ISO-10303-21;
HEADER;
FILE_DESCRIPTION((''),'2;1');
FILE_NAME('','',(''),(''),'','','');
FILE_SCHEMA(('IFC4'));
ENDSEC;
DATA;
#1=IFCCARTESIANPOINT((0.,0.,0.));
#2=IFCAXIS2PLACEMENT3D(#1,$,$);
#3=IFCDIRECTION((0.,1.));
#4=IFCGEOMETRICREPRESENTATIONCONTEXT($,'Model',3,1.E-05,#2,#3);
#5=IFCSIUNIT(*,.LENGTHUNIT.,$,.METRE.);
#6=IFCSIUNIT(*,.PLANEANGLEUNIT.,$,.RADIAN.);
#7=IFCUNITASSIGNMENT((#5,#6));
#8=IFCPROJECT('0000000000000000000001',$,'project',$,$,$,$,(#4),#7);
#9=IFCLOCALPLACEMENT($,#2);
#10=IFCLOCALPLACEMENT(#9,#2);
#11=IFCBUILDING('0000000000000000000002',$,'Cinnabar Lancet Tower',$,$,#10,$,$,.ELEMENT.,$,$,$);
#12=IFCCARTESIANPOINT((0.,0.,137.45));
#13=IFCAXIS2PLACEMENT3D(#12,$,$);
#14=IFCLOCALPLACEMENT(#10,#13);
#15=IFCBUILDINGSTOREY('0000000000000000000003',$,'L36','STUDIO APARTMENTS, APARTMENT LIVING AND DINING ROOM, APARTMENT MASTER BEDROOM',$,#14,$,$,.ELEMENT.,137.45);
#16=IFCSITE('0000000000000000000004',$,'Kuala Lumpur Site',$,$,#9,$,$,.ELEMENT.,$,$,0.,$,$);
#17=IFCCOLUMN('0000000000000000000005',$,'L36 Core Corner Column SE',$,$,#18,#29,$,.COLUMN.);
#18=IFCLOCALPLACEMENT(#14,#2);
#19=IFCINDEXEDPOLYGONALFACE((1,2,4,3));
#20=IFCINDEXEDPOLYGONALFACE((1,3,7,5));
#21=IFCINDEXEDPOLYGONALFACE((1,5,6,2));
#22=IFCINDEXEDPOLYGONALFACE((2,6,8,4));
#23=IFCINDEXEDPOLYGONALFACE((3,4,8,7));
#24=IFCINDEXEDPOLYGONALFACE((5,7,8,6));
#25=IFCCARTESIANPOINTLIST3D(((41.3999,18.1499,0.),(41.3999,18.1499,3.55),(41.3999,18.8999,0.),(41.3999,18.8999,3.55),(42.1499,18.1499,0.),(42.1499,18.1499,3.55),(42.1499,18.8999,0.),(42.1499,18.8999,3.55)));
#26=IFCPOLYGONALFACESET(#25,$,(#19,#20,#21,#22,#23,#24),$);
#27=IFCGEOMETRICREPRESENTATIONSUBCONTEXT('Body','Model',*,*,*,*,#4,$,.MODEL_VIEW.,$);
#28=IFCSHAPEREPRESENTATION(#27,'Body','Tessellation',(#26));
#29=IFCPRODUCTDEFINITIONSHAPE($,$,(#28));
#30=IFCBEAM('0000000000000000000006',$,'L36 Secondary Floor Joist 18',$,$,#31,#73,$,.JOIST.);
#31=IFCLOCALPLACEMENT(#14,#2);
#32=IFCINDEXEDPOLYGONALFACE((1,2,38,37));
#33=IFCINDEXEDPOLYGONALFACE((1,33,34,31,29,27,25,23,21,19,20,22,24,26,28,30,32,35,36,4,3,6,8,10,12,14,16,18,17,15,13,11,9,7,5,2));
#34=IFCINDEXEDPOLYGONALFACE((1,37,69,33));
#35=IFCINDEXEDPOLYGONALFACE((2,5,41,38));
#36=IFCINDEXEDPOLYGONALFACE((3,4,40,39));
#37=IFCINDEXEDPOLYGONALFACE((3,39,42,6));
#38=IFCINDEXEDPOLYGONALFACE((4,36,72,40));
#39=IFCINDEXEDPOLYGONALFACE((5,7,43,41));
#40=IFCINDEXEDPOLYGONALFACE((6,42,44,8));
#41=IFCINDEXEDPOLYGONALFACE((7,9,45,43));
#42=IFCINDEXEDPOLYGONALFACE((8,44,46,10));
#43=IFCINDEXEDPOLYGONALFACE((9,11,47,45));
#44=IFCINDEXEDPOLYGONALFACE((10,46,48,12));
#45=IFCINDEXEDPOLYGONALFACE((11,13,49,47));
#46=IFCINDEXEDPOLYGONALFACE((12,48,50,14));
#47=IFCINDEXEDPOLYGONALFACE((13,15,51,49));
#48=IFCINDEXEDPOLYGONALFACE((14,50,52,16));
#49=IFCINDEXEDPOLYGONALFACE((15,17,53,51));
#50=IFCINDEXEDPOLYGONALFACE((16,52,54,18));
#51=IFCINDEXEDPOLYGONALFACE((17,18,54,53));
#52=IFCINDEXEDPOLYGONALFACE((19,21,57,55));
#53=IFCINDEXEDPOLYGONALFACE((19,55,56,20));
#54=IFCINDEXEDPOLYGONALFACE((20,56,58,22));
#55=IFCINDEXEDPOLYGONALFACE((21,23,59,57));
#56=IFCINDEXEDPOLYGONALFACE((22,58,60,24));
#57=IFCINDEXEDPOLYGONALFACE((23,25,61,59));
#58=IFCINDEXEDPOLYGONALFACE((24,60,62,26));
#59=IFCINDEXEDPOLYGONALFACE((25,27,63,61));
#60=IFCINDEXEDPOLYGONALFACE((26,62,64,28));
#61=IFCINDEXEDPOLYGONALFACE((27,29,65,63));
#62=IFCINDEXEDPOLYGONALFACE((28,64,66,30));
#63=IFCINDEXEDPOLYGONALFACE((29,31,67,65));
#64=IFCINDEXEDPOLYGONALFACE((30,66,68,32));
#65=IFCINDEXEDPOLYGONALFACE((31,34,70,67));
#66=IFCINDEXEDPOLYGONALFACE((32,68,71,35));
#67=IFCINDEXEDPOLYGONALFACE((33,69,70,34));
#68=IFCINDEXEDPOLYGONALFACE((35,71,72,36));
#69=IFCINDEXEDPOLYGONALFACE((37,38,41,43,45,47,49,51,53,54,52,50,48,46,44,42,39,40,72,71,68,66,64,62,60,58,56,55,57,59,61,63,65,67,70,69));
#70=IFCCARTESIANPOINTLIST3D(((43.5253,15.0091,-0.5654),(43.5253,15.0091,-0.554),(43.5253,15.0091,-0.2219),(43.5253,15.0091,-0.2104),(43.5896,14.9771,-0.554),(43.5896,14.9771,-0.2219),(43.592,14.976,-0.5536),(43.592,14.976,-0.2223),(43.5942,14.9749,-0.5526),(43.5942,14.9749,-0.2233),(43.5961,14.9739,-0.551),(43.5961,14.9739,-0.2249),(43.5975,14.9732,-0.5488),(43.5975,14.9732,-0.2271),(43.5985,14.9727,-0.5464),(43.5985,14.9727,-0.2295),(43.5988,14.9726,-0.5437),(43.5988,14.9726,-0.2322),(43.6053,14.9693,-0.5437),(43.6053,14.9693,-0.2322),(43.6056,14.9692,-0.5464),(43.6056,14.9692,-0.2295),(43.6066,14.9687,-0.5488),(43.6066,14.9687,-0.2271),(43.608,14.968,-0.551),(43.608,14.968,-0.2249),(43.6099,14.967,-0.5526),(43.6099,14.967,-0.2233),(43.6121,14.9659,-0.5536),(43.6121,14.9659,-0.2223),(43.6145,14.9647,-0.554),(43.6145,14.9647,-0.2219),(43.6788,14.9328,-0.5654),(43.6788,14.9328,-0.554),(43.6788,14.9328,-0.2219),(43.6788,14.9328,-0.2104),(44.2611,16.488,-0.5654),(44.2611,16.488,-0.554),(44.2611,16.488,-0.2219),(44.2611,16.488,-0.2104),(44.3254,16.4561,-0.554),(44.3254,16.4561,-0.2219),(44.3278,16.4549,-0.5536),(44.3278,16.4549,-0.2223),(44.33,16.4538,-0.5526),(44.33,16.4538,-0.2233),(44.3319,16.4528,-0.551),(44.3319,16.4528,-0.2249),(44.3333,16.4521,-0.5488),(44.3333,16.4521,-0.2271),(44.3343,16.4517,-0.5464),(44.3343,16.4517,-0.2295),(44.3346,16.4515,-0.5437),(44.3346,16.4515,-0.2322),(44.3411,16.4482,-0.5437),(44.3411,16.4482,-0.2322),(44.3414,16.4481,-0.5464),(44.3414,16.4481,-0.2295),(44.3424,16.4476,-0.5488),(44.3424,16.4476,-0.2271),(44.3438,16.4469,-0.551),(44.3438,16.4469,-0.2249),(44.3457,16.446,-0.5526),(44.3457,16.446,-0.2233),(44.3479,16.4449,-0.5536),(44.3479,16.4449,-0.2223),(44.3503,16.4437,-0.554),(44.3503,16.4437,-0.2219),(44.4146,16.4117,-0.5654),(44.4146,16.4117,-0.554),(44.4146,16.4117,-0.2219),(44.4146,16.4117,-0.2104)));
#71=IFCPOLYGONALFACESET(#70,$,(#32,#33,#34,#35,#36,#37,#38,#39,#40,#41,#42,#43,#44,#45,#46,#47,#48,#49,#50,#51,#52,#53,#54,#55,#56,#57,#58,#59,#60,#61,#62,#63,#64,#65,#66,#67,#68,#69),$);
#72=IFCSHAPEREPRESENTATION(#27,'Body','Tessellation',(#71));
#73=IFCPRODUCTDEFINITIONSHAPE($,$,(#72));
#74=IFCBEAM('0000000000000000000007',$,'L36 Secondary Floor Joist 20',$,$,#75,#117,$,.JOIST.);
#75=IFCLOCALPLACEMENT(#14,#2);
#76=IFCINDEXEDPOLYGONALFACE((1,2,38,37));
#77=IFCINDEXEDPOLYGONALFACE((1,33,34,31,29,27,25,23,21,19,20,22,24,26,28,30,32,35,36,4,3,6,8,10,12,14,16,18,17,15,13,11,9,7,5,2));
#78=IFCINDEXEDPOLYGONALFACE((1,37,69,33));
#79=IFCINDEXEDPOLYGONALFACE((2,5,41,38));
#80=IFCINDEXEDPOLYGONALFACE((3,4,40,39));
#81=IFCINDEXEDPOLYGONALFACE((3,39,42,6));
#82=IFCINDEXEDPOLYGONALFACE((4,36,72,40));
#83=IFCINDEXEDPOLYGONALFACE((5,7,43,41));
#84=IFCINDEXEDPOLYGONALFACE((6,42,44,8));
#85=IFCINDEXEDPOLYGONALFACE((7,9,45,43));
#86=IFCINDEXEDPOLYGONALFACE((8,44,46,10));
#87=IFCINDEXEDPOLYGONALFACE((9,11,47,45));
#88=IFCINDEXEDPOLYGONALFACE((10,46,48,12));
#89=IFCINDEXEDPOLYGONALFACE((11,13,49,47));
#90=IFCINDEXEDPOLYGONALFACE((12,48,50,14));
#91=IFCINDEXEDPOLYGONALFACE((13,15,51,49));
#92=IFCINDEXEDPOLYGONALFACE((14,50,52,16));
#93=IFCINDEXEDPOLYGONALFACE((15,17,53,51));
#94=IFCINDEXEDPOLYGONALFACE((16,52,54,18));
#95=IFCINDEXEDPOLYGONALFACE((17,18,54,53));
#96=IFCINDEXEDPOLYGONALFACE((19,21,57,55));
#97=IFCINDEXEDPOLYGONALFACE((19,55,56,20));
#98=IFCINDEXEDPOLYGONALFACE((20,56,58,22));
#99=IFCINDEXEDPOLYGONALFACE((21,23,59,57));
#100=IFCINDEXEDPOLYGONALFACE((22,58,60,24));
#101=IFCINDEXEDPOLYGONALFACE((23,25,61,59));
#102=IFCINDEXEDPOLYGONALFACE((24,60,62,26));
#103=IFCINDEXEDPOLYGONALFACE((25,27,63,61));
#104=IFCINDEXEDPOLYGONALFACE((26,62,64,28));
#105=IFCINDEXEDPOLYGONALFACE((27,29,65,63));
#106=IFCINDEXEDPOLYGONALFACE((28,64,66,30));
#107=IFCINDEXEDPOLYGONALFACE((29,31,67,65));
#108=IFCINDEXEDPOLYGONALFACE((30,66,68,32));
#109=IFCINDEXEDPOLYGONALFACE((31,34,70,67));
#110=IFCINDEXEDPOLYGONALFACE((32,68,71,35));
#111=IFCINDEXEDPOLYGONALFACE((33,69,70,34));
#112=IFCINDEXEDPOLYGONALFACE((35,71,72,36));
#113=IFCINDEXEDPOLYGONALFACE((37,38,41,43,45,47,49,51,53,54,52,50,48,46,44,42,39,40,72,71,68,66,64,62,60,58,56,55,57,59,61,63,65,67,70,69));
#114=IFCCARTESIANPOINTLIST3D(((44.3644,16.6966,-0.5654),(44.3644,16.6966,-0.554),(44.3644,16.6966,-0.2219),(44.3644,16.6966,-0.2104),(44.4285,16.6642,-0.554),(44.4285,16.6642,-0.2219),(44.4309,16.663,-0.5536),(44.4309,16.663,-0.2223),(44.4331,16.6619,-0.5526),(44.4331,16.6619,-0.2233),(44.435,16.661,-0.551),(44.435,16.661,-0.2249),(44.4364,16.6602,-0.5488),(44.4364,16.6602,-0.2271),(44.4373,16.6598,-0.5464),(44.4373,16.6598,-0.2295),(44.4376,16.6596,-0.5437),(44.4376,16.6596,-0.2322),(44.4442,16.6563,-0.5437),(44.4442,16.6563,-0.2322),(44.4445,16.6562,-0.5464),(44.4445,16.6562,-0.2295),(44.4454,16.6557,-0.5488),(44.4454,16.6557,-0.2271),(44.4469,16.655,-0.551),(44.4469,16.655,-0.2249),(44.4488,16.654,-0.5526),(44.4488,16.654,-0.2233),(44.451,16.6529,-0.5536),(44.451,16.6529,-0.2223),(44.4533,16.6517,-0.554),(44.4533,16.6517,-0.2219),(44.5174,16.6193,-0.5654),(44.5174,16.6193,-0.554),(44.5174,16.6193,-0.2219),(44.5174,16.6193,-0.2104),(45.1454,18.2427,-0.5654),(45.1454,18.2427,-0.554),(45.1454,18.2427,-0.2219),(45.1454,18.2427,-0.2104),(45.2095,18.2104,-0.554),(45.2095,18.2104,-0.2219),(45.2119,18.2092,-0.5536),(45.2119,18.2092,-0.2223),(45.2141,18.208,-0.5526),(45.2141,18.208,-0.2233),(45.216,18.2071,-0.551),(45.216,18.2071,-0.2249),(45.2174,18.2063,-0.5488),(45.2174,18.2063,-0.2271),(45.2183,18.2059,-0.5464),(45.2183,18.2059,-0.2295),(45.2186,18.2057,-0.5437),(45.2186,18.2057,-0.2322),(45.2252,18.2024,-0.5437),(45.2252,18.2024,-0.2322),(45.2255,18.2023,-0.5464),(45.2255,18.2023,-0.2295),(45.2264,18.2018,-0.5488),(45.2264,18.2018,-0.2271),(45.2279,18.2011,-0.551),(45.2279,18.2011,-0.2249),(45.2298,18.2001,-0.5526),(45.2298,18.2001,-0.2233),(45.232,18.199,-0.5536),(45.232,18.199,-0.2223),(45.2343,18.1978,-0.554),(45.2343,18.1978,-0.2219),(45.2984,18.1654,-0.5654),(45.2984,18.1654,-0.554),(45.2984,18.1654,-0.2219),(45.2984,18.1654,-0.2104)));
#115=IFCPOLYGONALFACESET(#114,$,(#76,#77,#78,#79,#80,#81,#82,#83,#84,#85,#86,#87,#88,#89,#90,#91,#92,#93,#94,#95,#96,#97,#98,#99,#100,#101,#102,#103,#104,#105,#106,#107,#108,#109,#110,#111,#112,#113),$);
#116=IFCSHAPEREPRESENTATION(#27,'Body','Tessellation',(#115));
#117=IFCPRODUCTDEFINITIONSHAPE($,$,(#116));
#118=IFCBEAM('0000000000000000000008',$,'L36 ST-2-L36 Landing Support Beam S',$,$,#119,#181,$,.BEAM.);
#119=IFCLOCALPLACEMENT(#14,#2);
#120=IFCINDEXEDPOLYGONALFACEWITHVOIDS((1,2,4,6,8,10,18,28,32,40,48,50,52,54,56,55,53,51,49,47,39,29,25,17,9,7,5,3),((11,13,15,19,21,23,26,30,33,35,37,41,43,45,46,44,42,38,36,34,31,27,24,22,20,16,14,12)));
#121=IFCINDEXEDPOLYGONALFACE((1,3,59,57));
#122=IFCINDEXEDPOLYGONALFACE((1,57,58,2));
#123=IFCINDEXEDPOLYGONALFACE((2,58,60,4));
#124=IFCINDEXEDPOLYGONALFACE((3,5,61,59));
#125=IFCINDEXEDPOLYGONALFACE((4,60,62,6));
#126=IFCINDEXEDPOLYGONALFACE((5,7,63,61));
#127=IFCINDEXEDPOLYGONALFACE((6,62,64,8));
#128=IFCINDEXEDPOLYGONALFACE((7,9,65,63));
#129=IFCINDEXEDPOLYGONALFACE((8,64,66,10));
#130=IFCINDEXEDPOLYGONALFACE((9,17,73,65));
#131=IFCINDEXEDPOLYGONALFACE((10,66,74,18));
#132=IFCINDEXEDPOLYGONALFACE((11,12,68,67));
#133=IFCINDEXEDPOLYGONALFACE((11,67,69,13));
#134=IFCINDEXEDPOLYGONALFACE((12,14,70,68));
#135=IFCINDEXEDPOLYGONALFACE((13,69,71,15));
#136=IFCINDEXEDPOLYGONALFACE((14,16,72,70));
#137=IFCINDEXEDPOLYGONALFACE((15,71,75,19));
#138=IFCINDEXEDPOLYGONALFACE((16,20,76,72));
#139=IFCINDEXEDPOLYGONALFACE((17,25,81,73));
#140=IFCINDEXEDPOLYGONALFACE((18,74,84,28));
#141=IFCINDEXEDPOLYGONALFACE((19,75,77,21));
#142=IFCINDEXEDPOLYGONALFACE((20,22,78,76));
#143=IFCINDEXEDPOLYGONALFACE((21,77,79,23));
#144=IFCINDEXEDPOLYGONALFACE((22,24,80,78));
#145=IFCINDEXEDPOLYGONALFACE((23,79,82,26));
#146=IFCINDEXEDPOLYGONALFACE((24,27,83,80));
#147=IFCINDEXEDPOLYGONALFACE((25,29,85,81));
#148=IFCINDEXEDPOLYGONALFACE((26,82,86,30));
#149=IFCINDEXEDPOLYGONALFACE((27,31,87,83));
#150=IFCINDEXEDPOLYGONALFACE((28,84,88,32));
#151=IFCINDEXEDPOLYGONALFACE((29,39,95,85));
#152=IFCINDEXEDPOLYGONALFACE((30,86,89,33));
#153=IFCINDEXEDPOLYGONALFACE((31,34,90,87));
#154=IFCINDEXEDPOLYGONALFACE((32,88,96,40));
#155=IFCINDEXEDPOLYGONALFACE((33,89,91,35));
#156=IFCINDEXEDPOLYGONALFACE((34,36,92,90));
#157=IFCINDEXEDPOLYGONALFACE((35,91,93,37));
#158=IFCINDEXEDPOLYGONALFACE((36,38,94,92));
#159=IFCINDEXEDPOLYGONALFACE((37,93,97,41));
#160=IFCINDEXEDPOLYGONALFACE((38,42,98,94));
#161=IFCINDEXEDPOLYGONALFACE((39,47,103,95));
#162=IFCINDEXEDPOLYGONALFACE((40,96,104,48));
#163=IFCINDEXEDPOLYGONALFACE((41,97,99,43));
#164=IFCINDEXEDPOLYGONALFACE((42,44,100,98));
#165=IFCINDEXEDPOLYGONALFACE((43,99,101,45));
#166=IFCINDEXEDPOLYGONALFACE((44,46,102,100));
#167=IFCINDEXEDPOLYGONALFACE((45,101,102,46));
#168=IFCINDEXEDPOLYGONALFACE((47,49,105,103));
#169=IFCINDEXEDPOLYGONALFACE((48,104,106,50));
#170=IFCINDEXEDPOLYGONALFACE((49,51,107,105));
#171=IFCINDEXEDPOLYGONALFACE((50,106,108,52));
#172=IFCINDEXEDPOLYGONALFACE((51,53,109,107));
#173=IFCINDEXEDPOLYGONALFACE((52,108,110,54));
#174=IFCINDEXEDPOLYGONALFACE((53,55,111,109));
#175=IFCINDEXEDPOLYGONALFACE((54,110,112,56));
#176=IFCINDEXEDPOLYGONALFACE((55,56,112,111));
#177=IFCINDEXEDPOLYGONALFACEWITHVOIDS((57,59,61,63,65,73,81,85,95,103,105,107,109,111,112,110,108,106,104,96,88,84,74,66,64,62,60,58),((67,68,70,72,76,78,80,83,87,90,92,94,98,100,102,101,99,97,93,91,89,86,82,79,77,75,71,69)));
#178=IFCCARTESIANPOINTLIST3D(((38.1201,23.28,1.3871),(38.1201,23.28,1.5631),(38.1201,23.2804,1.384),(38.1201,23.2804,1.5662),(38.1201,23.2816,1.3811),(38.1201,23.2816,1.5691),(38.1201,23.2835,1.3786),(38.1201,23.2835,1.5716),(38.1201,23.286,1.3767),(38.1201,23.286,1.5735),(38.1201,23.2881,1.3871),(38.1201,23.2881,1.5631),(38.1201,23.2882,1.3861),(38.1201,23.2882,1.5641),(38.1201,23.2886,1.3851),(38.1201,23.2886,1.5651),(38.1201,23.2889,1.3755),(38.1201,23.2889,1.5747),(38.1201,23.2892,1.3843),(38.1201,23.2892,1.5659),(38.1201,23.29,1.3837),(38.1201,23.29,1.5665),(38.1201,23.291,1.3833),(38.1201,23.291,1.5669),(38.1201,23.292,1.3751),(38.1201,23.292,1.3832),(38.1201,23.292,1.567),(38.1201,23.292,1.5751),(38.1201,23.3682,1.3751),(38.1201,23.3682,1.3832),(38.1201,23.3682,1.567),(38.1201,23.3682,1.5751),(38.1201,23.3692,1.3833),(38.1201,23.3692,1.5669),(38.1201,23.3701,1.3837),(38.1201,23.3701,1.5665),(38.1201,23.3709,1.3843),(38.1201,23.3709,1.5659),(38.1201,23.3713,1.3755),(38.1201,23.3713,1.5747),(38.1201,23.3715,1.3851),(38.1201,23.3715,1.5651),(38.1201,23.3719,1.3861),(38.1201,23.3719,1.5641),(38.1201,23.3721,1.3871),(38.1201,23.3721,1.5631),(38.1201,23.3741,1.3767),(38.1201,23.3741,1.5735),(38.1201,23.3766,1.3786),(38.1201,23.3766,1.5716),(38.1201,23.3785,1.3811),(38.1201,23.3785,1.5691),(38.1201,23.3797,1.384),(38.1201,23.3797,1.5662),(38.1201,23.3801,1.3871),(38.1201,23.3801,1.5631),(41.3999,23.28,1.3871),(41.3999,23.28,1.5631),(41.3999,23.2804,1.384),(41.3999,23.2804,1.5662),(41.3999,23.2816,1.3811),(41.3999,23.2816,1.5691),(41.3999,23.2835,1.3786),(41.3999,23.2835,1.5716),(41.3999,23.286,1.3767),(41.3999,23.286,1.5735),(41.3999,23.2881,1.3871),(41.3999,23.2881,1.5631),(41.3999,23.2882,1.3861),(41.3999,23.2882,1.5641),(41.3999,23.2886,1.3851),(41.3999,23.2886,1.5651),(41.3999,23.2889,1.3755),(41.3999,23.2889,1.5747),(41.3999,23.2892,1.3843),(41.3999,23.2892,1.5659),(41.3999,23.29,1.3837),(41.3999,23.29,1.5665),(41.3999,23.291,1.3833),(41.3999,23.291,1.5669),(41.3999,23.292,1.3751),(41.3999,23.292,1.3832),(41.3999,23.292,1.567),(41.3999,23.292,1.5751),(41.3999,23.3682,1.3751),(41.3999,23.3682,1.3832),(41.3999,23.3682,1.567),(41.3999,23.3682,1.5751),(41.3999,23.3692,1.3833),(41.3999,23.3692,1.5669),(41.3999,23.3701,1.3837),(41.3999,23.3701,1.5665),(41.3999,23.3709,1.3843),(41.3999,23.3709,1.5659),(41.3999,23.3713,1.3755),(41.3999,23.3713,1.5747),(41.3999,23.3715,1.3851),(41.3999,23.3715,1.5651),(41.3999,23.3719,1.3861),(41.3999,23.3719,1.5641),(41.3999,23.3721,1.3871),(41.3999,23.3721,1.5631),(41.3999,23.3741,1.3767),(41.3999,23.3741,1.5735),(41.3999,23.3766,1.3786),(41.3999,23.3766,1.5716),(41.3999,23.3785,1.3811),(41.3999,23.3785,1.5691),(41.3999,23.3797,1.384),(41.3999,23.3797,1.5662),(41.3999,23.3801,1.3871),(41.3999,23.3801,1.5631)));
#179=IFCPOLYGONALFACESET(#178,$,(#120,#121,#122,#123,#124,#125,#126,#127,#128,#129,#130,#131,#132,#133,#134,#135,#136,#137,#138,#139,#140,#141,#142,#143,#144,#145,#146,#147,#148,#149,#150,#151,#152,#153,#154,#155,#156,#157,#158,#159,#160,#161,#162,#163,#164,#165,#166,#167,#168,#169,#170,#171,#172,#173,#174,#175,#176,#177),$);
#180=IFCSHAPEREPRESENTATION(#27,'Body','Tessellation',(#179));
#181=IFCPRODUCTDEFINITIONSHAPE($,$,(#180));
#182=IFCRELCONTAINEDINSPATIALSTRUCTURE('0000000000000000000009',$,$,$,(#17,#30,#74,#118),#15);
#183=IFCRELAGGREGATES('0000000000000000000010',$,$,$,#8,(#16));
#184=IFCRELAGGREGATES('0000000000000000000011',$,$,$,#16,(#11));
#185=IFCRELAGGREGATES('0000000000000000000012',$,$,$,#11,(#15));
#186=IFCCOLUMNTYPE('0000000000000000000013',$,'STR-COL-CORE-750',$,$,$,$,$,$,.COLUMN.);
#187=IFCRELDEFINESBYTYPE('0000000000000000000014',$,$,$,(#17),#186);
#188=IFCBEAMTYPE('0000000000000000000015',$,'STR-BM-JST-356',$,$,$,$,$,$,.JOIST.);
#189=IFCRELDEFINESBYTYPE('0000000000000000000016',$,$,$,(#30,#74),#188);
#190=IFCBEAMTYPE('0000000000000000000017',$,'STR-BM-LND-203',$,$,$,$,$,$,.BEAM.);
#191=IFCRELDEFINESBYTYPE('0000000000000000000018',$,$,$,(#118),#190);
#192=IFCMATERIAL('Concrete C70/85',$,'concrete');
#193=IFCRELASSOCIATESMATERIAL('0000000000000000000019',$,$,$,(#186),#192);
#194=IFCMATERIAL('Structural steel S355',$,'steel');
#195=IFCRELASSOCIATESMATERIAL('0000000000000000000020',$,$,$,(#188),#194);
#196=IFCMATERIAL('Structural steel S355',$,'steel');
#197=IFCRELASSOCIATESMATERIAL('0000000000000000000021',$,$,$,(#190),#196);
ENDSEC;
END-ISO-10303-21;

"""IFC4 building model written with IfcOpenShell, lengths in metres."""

from ifc_helpers import new_model, si_unit, direction, frame, origin, origin_2d, place, context, subcontext, project, spatial, rectangle, hollow_rectangle, i_section, extrude, material, material_profile, profile_set, type_object, element, save


model = new_model("IFC4")

# Units and contexts
model_context = context("Model", 3, precision=1e-05, world=origin(), true_north=direction((0.0, 1.0)))
body_context = subcontext(model_context, "Body", "Model", "MODEL_VIEW")
ifc_project = project(units=[si_unit("LENGTHUNIT", "METRE"), si_unit("PLANEANGLEUNIT", "RADIAN")], contexts=[model_context])

# Site, building, storey
site_placement = place(None, origin())
site = spatial("IfcSite", under=ifc_project, at=site_placement, Name="Kuala Lumpur Site", CompositionType="ELEMENT", RefElevation=0.0)
building_placement = place(site_placement, origin())
building = spatial("IfcBuilding", under=site, at=building_placement, Name="Cinnabar Lancet Tower", CompositionType="ELEMENT")
storey_placement = place(building_placement, frame((0.0, 0.0, 137.45)))
storey = spatial("IfcBuildingStorey", under=building, at=storey_placement, Name="L36", Description="STUDIO APARTMENTS, APARTMENT LIVING AND DINING ROOM, APARTMENT MASTER BEDROOM", CompositionType="ELEMENT", Elevation=137.45)

# Column
ifc_material_1 = material(Name="Concrete C70/85", Category="concrete")
ifc_material_profile_1 = material_profile(ifc_material_1, rectangle(XDim=0.75, YDim=0.75, at=origin_2d()), Name="RC-COL 750x750")
ifc_profile_set_1 = profile_set([ifc_material_profile_1], Name="Concrete C70/85")
column_type = type_object("IfcColumnType", Name="STR-COL-CORE-750", PredefinedType="COLUMN", material=ifc_profile_set_1)
column_placement = place(storey_placement, frame((41.7749, 18.5249, 0.0), z_axis=(0.0, 0.0, 1.0), x_axis=(1.0, 0.0, 0.0)))
element("IfcColumn", 1, at=column_placement, inside=storey, type_object=column_type, Name="L36 Core Corner Column SE", PredefinedType="COLUMN", context=body_context, shape_type="SweptSolid", body=[
    extrude(rectangle(XDim=0.75, YDim=0.75, at=origin_2d()), origin(), (0.0, 0.0, 1.0), 3.55),
])

# Beams
ifc_material_2 = material(Name="Structural steel S355", Category="steel")
ifc_material_profile_2 = material_profile(ifc_material_2, i_section(OverallWidth=0.1714, OverallDepth=0.355, WebThickness=0.0073, FlangeThickness=0.0115, FilletRadius=0.0103, at=origin_2d()), Name="UKB 356x171x51")
ifc_profile_set_2 = profile_set([ifc_material_profile_2], Name="Structural steel S355")
beam_type_1 = type_object("IfcBeamType", Name="STR-BM-JST-356", PredefinedType="JOIST", material=ifc_profile_set_2)
beam_1_placement = place(storey_placement, frame((43.6021, 14.9709, -0.3879), z_axis=(0.445439, 0.895312, 0.0), x_axis=(-0.895312, 0.445439, 0.0)))
element("IfcBeam", 2, at=beam_1_placement, inside=storey, type_object=beam_type_1, Name="L36 Secondary Floor Joist 18", PredefinedType="JOIST", context=body_context, shape_type="SweptSolid", body=[
    extrude(i_section(OverallWidth=0.1714, OverallDepth=0.355, WebThickness=0.0073, FlangeThickness=0.0115, FilletRadius=0.0103, at=origin_2d()), origin(), (0.0, 0.0, 1.0), 1.6519),
])
beam_2_placement = place(storey_placement, frame((44.4409, 16.658, -0.3879), z_axis=(0.450874, 0.892587, 0.0), x_axis=(-0.892587, 0.450874, 0.0)))
element("IfcBeam", 3, at=beam_2_placement, inside=storey, type_object=beam_type_1, Name="L36 Secondary Floor Joist 20", PredefinedType="JOIST", context=body_context, shape_type="SweptSolid", body=[
    extrude(i_section(OverallWidth=0.1714, OverallDepth=0.355, WebThickness=0.0073, FlangeThickness=0.0115, FilletRadius=0.0103, at=origin_2d()), origin(), (0.0, 0.0, 1.0), 1.7322),
])
ifc_material_3 = material(Name="Structural steel S355", Category="steel")
ifc_material_profile_3 = material_profile(ifc_material_3, hollow_rectangle(XDim=0.1001, YDim=0.2, WallThickness=0.0081, InnerFilletRadius=0.0039, OuterFilletRadius=0.012, at=origin_2d()), Name="RHS 200x100x8")
ifc_profile_set_3 = profile_set([ifc_material_profile_3], Name="Structural steel S355")
beam_type_2 = type_object("IfcBeamType", Name="STR-BM-LND-203", PredefinedType="BEAM", material=ifc_profile_set_3)
for number, where, z_axis, x_axis, name in (
    (4, (38.1201, 23.3301, 1.4751), (1.0, 0.0, 0.0), (0.0, 1.0, 0.0), "L36 ST-2-L36 Landing Support Beam S"),
):
    element("IfcBeam", number, at=place(storey_placement, frame(where, z_axis=z_axis, x_axis=x_axis)), inside=storey, type_object=beam_type_2, Name=name, PredefinedType="BEAM", context=body_context, shape_type="SweptSolid", body=[
        extrude(hollow_rectangle(XDim=0.1001, YDim=0.2, WallThickness=0.0081, InnerFilletRadius=0.0039, OuterFilletRadius=0.012, at=origin_2d()), origin(), (0.0, 0.0, 1.0), 3.2798),
    ])

save(model, "model.ifc")
